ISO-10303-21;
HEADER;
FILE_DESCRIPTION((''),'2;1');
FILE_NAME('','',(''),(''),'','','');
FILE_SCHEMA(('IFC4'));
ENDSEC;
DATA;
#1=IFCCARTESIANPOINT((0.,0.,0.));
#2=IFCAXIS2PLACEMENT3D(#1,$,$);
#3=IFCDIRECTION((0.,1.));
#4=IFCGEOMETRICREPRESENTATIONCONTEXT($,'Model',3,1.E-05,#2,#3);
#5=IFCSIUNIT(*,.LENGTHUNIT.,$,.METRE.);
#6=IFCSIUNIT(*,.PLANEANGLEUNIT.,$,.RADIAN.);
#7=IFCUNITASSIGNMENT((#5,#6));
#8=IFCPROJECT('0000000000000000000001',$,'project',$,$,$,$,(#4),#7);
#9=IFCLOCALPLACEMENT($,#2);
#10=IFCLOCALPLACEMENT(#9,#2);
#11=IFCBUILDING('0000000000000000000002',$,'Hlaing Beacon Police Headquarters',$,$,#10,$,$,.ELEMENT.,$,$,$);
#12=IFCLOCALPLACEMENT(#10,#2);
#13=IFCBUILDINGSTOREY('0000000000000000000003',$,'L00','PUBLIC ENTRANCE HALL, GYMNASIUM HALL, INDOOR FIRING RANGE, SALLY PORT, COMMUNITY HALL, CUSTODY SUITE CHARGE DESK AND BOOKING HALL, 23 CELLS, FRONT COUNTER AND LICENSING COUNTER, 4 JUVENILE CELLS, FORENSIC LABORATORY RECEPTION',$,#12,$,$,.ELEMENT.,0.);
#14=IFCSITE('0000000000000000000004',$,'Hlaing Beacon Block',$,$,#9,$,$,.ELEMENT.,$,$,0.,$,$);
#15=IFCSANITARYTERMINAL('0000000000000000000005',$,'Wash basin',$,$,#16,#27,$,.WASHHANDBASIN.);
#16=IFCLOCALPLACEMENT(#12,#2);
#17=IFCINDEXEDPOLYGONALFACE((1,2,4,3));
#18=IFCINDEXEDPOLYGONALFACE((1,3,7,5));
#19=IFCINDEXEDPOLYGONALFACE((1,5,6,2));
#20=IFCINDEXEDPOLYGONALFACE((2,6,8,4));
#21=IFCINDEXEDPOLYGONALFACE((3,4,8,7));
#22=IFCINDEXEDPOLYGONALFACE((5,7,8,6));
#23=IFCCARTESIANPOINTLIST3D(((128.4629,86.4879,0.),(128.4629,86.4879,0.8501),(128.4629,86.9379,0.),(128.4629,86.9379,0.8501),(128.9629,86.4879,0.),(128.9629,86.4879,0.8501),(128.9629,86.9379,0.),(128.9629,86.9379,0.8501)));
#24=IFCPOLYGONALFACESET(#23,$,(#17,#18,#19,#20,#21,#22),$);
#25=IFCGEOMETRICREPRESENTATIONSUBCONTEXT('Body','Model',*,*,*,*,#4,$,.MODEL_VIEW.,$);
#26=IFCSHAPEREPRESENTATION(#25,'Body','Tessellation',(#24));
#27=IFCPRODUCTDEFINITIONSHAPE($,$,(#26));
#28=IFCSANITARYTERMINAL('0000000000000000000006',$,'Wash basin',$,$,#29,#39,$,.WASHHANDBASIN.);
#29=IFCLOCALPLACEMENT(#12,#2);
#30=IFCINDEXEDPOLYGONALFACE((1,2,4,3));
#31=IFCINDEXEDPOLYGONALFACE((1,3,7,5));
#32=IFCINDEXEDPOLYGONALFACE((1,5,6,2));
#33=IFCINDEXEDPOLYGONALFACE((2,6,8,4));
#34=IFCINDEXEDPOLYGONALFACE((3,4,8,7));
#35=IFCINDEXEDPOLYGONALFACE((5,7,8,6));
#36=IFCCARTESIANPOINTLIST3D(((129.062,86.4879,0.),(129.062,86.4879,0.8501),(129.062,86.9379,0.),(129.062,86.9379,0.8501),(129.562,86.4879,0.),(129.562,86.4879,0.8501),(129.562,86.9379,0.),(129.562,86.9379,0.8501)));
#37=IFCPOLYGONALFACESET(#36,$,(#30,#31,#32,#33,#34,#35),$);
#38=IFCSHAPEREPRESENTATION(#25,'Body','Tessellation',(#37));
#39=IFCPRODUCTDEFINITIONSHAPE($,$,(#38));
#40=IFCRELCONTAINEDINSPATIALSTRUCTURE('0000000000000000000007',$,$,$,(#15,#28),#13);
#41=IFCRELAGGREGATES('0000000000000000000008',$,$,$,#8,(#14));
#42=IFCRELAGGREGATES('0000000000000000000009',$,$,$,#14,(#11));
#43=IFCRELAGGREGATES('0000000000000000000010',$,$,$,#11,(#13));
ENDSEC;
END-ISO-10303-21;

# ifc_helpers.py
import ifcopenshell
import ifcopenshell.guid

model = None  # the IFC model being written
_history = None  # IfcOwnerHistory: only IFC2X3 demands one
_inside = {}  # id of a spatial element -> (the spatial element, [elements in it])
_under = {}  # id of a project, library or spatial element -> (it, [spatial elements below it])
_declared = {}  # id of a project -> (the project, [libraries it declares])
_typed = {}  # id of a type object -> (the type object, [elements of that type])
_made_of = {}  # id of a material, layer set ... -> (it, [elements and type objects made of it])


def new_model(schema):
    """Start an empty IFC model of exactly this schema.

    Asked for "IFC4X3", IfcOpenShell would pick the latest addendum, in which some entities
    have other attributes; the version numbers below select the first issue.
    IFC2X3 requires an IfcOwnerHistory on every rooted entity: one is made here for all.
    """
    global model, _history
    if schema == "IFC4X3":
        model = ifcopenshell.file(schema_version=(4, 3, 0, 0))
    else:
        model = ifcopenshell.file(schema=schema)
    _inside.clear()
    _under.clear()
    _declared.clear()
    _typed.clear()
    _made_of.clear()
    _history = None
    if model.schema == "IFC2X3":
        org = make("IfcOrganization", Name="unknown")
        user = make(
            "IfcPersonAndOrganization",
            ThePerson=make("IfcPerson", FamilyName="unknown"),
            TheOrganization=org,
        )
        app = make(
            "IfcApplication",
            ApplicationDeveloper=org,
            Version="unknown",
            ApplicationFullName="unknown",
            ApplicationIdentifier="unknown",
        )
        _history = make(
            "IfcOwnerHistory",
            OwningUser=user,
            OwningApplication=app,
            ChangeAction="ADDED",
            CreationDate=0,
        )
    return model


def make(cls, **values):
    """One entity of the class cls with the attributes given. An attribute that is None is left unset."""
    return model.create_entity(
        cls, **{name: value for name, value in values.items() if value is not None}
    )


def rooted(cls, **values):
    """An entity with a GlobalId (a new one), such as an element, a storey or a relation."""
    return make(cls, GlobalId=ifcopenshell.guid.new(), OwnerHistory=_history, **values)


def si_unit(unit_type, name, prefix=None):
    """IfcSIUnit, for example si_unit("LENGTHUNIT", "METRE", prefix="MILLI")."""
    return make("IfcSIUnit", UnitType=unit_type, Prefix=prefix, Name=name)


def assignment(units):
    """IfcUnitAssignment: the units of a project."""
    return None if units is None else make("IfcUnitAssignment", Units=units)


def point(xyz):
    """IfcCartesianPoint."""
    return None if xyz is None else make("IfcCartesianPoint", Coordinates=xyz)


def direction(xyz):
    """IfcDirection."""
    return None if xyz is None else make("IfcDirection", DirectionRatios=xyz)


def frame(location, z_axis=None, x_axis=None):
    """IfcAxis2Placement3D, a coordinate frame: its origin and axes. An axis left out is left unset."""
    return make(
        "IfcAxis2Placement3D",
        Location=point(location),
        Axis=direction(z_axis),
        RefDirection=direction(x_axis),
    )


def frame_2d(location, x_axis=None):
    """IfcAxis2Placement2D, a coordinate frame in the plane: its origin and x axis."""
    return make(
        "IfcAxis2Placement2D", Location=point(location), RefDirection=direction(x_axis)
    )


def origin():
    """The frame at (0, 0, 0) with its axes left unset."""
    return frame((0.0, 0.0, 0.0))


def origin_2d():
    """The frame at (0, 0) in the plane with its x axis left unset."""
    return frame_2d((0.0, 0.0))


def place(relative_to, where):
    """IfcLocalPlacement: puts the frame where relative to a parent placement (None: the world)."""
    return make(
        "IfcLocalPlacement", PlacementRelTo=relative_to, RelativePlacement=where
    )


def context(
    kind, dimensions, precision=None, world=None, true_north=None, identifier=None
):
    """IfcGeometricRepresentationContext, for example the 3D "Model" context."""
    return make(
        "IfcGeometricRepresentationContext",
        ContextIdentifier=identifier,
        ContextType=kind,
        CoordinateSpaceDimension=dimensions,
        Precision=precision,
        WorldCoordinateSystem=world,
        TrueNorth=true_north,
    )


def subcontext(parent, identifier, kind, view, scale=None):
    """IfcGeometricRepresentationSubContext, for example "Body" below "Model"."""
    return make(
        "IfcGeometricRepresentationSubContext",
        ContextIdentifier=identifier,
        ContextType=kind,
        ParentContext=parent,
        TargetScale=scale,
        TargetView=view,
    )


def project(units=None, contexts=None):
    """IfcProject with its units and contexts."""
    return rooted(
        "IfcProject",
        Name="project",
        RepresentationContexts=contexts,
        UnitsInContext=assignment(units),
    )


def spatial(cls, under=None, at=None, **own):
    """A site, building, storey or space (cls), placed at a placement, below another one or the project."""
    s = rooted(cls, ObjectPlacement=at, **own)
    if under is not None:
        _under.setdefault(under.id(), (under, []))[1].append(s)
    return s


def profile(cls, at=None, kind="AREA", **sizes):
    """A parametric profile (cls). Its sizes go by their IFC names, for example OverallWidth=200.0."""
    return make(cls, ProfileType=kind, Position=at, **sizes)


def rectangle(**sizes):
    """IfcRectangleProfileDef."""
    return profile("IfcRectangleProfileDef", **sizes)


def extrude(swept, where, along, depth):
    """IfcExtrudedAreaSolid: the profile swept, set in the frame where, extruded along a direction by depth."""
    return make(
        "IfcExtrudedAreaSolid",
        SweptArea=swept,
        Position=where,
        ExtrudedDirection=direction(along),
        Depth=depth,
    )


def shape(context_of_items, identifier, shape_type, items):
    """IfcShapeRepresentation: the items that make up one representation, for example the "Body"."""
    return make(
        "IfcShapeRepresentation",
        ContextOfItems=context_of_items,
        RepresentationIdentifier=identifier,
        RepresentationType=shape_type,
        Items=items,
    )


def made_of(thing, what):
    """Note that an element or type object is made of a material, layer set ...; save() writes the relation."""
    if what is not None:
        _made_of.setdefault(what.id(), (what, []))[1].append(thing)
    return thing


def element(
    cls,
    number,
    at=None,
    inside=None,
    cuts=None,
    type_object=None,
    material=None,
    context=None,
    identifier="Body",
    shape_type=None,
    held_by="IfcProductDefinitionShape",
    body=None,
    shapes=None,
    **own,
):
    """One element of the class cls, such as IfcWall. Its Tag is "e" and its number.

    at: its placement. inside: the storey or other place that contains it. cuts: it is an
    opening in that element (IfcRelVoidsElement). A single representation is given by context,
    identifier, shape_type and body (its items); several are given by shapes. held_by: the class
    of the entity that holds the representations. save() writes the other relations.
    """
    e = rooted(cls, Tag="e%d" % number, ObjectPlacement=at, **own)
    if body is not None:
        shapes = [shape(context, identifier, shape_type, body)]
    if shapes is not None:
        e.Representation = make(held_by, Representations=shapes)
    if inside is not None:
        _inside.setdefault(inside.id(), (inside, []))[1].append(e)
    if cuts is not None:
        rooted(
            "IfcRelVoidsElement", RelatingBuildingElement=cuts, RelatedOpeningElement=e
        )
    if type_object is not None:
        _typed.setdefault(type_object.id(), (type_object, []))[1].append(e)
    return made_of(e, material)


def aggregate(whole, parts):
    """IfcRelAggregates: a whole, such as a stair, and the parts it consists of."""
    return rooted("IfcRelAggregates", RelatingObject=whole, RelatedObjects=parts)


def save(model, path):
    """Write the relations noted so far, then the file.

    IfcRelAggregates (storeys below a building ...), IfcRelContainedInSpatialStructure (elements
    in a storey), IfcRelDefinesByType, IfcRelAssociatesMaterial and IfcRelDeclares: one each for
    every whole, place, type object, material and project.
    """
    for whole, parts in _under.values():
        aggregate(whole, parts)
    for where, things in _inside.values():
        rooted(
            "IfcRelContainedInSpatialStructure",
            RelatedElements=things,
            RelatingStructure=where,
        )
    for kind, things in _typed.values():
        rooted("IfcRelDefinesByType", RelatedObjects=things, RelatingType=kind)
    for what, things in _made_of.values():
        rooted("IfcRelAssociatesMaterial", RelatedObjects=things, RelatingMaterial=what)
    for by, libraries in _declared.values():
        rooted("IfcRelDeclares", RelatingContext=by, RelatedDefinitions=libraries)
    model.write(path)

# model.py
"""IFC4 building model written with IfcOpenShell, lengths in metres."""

from ifc_helpers import new_model, si_unit, direction, frame, origin, origin_2d, place, context, subcontext, project, spatial, rectangle, extrude, element, save


model = new_model("IFC4")

# Units and contexts
model_context = context("Model", 3, precision=1e-05, world=origin(), true_north=direction((0.0, 1.0)))
body_context = subcontext(model_context, "Body", "Model", "MODEL_VIEW")
ifc_project = project(units=[si_unit("LENGTHUNIT", "METRE"), si_unit("PLANEANGLEUNIT", "RADIAN")], contexts=[model_context])

# Site, building, storey
site_placement = place(None, origin())
site = spatial("IfcSite", under=ifc_project, at=site_placement, Name="Hlaing Beacon Block", CompositionType="ELEMENT", RefElevation=0.0)
building_placement = place(site_placement, origin())
building = spatial("IfcBuilding", under=site, at=building_placement, Name="Hlaing Beacon Police Headquarters", CompositionType="ELEMENT")
storey_placement = place(building_placement, origin())
storey = spatial("IfcBuildingStorey", under=building, at=storey_placement, Name="L00", Description="PUBLIC ENTRANCE HALL, GYMNASIUM HALL, INDOOR FIRING RANGE, SALLY PORT, COMMUNITY HALL, CUSTODY SUITE CHARGE DESK AND BOOKING HALL, 23 CELLS, FRONT COUNTER AND LICENSING COUNTER, 4 JUVENILE CELLS, FORENSIC LABORATORY RECEPTION", CompositionType="ELEMENT", Elevation=0.0)

# Sanitary terminals
for number, where, z_axis, x_axis, name in (
    (1, (128.7129, 86.7129, 0.0), (0.0, 0.0, 1.0), (1.0, 0.0, 0.0), "Wash basin"),
    (2, (129.312, 86.7129, 0.0), (0.0, 0.0, 1.0), (1.0, 0.0, 0.0), "Wash basin"),
):
    element("IfcSanitaryTerminal", number, at=place(storey_placement, frame(where, z_axis=z_axis, x_axis=x_axis)), inside=storey, Name=name, PredefinedType="WASHHANDBASIN", context=body_context, shape_type="SweptSolid", body=[
        extrude(rectangle(XDim=0.5, YDim=0.45, at=origin_2d()), origin(), (0.0, 0.0, 1.0), 0.8501),
    ])

save(model, "model.ifc")
